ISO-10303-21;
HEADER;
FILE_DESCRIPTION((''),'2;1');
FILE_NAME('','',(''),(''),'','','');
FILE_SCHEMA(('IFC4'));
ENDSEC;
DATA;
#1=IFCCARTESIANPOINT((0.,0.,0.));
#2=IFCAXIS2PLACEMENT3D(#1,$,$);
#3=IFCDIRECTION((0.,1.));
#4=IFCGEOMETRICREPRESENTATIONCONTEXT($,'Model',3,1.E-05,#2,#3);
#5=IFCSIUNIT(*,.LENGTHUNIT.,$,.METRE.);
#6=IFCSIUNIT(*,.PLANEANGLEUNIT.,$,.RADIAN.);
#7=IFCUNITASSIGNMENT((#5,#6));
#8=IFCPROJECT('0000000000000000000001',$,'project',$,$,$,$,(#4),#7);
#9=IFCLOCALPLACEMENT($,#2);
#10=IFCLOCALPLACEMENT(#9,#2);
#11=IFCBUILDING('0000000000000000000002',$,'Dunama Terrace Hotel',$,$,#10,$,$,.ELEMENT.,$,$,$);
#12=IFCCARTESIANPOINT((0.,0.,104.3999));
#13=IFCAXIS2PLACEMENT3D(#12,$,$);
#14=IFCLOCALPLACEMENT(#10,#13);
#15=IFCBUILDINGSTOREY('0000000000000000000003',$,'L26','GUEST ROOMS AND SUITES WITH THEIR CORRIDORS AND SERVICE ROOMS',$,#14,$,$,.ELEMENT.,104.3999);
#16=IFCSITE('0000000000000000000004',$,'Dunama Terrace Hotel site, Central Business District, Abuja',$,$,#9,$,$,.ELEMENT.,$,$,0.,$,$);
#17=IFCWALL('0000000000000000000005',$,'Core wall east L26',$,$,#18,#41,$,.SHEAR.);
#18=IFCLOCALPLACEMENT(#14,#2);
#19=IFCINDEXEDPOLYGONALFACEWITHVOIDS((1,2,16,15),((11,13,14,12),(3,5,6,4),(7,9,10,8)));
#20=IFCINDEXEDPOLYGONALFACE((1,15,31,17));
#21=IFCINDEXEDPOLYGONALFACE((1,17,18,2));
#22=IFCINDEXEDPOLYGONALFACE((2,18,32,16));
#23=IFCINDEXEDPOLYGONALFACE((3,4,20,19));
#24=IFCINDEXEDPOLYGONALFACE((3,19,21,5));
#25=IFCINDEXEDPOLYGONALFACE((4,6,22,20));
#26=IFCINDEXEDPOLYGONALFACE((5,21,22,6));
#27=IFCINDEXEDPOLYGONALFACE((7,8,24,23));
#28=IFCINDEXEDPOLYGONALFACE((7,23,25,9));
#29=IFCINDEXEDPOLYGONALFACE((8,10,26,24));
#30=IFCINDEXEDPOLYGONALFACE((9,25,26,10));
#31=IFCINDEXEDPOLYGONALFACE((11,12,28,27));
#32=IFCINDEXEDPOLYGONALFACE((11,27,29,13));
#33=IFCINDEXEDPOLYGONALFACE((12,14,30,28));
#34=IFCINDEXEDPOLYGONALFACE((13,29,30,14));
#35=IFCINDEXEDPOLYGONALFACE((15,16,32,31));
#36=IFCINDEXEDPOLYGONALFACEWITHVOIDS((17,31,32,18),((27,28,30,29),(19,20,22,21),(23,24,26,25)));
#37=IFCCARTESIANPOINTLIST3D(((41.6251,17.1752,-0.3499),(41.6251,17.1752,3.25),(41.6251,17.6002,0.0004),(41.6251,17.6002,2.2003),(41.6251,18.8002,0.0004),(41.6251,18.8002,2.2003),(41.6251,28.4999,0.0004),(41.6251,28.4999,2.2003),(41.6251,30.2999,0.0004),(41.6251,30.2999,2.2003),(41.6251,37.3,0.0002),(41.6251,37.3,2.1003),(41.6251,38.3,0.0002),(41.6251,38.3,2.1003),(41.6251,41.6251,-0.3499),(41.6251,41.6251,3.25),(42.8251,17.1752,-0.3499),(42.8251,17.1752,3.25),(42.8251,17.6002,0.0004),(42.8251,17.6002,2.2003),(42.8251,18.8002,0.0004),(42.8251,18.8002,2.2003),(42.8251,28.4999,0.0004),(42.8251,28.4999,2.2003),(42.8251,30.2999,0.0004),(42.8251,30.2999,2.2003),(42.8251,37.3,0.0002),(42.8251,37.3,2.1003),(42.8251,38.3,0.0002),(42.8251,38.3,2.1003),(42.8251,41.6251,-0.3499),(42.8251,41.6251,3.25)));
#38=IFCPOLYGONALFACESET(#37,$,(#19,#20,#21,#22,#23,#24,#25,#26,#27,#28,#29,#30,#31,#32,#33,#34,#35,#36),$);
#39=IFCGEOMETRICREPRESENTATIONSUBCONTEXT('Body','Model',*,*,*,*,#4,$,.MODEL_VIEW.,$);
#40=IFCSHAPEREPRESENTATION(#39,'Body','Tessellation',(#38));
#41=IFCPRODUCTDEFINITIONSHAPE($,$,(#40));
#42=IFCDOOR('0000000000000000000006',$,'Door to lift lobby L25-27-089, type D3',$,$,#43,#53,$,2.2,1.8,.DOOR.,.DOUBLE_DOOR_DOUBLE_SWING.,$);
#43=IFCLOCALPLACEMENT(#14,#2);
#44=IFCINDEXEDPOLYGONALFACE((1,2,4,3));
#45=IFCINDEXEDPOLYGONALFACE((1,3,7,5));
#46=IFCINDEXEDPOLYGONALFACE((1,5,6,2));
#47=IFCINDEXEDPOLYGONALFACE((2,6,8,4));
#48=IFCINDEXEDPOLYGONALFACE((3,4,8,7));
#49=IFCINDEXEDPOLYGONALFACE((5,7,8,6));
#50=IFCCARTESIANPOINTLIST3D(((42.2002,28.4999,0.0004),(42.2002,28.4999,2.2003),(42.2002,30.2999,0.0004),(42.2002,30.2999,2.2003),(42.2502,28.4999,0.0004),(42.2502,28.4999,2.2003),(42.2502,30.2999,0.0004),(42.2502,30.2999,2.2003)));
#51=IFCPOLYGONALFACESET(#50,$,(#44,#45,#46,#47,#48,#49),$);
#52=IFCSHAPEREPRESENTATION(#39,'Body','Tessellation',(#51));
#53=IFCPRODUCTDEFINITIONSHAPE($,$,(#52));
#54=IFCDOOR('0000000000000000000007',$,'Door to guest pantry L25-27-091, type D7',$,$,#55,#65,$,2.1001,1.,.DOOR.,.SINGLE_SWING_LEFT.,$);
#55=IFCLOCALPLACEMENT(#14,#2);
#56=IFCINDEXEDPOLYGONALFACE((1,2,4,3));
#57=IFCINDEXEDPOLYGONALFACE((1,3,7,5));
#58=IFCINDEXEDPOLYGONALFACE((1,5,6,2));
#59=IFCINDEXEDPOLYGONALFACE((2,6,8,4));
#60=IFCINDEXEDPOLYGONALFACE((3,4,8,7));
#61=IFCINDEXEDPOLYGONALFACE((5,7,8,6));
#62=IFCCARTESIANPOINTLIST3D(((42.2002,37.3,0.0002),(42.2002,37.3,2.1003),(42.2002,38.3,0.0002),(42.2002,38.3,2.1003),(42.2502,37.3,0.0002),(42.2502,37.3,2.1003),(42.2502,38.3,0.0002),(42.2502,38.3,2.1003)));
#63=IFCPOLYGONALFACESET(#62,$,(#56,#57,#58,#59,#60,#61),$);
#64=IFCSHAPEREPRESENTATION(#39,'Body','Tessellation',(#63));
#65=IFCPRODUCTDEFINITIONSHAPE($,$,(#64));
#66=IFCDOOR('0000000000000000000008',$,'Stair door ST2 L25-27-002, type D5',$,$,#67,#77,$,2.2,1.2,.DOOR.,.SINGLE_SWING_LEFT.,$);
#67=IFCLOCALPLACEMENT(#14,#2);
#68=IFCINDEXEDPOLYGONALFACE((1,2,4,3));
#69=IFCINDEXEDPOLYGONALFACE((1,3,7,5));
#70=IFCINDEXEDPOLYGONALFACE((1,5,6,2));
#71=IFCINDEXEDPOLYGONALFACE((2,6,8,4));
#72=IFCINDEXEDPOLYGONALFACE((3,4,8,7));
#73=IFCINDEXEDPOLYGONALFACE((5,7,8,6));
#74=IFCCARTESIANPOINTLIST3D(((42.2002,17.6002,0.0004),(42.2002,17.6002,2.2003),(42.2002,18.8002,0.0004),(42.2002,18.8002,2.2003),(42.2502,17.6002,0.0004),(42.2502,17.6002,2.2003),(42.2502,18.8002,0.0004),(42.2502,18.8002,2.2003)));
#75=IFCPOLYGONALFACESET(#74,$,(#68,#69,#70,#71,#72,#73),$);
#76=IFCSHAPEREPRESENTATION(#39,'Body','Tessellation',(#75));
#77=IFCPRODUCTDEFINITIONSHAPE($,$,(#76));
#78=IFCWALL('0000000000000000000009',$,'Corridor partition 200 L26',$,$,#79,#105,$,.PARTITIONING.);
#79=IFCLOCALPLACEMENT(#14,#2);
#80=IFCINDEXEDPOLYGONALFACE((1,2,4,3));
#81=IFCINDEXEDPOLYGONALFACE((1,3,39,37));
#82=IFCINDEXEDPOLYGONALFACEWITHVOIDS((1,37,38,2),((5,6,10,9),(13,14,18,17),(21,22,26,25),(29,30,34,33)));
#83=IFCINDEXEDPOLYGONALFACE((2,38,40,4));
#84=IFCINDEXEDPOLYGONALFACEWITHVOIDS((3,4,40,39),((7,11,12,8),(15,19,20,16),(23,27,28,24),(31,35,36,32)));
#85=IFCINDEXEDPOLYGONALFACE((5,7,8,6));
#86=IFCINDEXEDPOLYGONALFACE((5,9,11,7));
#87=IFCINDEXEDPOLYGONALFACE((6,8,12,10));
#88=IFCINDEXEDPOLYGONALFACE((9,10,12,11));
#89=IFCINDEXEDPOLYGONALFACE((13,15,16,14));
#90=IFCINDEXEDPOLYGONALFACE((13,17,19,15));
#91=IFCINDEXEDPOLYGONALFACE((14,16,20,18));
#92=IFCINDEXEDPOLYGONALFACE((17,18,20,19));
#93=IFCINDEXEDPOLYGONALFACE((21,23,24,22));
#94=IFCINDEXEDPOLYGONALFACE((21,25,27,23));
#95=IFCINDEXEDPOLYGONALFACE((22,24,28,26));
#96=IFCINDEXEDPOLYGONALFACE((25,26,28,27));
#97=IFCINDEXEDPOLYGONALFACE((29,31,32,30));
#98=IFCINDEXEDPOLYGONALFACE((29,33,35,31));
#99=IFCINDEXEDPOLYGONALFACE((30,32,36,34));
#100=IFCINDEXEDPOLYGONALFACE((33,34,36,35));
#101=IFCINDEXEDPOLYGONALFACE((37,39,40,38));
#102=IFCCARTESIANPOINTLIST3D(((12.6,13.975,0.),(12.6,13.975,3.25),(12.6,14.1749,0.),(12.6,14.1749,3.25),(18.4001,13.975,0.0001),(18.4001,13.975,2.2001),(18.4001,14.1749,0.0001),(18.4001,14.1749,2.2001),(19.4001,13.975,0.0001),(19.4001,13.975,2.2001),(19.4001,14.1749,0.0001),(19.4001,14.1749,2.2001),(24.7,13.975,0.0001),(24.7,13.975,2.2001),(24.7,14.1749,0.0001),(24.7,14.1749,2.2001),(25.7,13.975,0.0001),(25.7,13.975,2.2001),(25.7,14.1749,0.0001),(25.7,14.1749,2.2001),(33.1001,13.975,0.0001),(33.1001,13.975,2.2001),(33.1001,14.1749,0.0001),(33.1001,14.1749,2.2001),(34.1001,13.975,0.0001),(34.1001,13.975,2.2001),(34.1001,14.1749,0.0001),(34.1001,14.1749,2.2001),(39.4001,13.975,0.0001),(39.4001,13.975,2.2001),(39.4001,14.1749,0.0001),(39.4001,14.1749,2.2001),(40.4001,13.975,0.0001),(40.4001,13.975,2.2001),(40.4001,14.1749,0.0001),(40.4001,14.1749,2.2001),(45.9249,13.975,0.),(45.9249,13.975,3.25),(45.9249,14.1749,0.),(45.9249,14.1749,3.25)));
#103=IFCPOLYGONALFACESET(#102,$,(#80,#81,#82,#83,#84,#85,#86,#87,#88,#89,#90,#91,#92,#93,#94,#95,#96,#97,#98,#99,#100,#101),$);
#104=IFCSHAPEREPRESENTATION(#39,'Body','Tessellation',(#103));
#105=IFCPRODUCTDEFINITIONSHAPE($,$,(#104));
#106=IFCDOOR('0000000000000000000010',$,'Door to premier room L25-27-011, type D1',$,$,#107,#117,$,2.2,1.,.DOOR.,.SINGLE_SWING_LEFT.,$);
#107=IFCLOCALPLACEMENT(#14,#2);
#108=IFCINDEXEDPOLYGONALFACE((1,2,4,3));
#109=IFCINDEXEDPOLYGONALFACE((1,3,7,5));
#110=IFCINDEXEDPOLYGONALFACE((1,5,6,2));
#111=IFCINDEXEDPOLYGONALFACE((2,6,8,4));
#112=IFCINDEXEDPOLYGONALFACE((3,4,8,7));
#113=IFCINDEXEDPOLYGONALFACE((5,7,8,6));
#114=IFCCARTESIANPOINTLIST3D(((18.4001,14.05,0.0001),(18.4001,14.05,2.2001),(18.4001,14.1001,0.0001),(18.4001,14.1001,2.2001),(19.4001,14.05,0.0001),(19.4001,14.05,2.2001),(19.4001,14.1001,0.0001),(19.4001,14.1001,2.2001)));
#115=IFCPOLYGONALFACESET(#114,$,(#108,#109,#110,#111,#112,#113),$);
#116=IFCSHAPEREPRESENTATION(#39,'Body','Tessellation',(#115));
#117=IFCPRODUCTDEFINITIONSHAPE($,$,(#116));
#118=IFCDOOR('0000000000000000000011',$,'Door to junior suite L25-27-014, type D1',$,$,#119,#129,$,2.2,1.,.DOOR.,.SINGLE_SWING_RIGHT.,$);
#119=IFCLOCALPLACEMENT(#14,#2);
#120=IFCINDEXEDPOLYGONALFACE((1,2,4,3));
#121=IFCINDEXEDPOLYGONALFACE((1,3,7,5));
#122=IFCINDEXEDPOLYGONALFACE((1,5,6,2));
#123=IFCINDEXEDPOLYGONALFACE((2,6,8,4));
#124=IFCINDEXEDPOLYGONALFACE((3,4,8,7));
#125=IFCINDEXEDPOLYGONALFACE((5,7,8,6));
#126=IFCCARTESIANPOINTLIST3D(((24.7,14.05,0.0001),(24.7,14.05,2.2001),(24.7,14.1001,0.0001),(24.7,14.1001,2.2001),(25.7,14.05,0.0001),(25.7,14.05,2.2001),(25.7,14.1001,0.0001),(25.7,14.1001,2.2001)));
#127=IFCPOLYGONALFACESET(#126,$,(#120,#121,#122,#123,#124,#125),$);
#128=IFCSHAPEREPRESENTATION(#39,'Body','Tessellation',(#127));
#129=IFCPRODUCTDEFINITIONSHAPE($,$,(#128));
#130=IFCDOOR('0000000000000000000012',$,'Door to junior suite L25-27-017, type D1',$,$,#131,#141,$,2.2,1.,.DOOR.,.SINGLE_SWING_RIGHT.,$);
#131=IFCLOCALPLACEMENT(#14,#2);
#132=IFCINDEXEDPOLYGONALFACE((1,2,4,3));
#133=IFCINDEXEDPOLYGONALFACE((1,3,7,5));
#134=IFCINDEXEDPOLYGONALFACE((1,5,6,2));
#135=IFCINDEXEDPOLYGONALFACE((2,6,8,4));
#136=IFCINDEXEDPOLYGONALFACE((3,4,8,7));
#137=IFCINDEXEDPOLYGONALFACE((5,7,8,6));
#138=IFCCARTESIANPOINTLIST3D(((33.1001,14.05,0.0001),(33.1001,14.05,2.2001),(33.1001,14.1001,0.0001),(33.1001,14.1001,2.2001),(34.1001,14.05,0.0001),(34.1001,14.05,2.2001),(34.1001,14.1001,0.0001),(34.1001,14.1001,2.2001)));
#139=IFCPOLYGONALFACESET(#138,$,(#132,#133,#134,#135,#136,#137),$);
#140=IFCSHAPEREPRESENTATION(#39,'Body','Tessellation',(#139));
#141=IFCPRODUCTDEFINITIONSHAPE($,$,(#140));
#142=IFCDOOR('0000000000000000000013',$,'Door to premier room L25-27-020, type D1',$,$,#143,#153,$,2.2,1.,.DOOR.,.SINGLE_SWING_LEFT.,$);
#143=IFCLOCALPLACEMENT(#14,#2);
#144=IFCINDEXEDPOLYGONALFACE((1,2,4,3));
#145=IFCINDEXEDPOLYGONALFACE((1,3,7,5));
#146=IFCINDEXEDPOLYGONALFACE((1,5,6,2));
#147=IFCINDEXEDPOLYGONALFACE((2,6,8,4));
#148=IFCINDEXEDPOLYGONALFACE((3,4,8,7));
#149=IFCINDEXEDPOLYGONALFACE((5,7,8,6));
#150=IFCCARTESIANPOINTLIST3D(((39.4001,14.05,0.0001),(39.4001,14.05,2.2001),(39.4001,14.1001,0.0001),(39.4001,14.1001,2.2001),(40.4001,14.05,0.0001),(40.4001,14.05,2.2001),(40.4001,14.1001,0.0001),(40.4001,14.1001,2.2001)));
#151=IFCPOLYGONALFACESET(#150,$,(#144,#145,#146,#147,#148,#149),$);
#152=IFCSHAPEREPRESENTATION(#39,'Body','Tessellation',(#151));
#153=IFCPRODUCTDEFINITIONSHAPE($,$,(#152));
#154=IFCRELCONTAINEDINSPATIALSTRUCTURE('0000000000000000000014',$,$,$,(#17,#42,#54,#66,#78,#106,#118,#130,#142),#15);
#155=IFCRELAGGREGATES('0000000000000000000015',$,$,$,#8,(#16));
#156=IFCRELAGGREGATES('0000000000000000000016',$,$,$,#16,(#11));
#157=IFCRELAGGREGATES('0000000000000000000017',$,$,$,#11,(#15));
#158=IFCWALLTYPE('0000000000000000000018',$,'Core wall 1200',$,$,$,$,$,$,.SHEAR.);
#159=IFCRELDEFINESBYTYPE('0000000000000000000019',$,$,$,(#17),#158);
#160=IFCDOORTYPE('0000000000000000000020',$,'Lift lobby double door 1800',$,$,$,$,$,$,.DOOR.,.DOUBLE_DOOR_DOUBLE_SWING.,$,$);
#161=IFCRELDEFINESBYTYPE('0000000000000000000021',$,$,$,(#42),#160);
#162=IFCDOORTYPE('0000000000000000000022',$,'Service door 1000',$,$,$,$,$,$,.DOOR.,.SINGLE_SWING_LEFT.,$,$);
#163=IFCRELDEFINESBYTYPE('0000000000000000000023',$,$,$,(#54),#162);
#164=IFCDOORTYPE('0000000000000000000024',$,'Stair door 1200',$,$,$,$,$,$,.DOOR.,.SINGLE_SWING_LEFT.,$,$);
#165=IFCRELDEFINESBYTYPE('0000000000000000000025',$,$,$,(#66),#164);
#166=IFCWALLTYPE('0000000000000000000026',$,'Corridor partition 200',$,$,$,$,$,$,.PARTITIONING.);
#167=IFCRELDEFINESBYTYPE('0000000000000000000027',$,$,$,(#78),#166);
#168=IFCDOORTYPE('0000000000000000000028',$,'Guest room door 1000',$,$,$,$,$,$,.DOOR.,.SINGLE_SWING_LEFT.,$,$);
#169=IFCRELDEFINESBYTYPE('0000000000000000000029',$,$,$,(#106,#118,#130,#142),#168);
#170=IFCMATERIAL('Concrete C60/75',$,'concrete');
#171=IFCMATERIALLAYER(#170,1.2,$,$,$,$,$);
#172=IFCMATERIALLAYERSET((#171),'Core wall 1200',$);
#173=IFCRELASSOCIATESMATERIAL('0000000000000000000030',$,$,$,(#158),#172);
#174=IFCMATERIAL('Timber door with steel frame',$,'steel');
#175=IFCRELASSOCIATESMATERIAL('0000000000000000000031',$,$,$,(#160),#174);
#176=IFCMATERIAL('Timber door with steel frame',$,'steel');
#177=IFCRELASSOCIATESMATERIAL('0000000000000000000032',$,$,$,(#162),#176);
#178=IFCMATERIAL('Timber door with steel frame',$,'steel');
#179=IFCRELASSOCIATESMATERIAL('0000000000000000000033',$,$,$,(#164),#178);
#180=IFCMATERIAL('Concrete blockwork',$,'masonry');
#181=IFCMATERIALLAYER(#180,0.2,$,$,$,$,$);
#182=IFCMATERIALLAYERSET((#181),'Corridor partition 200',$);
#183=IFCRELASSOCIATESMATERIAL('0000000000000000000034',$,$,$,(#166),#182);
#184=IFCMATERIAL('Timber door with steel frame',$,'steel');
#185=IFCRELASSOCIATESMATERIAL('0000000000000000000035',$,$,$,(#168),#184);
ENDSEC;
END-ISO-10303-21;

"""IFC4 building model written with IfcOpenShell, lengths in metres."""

from ifc_helpers import new_model, si_unit, direction, frame, frame_2d, origin, place, context, subcontext, project, spatial, rectangle, extrude, material, layer, layer_set, type_object, element, fill, save


model = new_model("IFC4")

# Units and contexts
model_context = context("Model", 3, precision=1e-05, world=origin(), true_north=direction((0.0, 1.0)))
body_context = subcontext(model_context, "Body", "Model", "MODEL_VIEW")
ifc_project = project(units=[si_unit("LENGTHUNIT", "METRE"), si_unit("PLANEANGLEUNIT", "RADIAN")], contexts=[model_context])

# Site, building, storey
site_placement = place(None, origin())
site = spatial("IfcSite", under=ifc_project, at=site_placement, Name="Dunama Terrace Hotel site, Central Business District, Abuja", CompositionType="ELEMENT", RefElevation=0.0)
building_placement = place(site_placement, origin())
building = spatial("IfcBuilding", under=site, at=building_placement, Name="Dunama Terrace Hotel", CompositionType="ELEMENT")
storey_placement = place(building_placement, frame((0.0, 0.0, 104.3999)))
storey = spatial("IfcBuildingStorey", under=building, at=storey_placement, Name="L26", Description="GUEST ROOMS AND SUITES WITH THEIR CORRIDORS AND SERVICE ROOMS", CompositionType="ELEMENT", Elevation=104.3999)

# Walls, openings, doors
ifc_material_1 = material(Name="Concrete C60/75", Category="concrete")
ifc_layer_1 = layer(ifc_material_1, 1.2)
ifc_layer_set_1 = layer_set([ifc_layer_1], Name="Core wall 1200")
wall_type_1 = type_object("IfcWallType", Name="Core wall 1200", PredefinedType="SHEAR", material=ifc_layer_set_1)
wall_1_placement = place(storey_placement, frame((42.2251, 17.175, -0.3499), z_axis=(0.0, 0.0, 1.0), x_axis=(0.0, 1.0, 0.0)))
wall_1 = element("IfcWall", 1, at=wall_1_placement, inside=storey, type_object=wall_type_1, Name="Core wall east L26", PredefinedType="SHEAR", context=body_context, shape_type="SweptSolid", body=[
    extrude(rectangle(XDim=24.45, YDim=1.2, at=frame_2d((12.2251, 0.0))), origin(), (0.0, 0.0, 1.0), 3.5999),
])
opening_1_placement = place(wall_1_placement, frame((0.425, 0.0, 0.3501)))
opening_1 = element("IfcOpeningElement", 2, at=opening_1_placement, cuts=wall_1, PredefinedType="OPENING", context=body_context, shape_type="SweptSolid", body=[
    extrude(rectangle(XDim=1.2, YDim=2.2, at=frame_2d((0.6001, 1.1001))), frame((0.0, 0.6099, 0.0), z_axis=(0.0, -1.0, 0.0), x_axis=(1.0, 0.0, 0.0)), (0.0, 0.0, 1.0), 1.22),
])
opening_2_placement = place(wall_1_placement, frame((11.325, 0.0, 0.3501)))
opening_2 = element("IfcOpeningElement", 3, at=opening_2_placement, cuts=wall_1, PredefinedType="OPENING", context=body_context, shape_type="SweptSolid", body=[
    extrude(rectangle(XDim=1.8, YDim=2.2, at=frame_2d((0.8999, 1.1001))), frame((0.0, 0.6099, 0.0), z_axis=(0.0, -1.0, 0.0), x_axis=(1.0, 0.0, 0.0)), (0.0, 0.0, 1.0), 1.22),
])
opening_3_placement = place(wall_1_placement, frame((20.125, 0.0, 0.3501)))
opening_3 = element("IfcOpeningElement", 4, at=opening_3_placement, cuts=wall_1, PredefinedType="OPENING", context=body_context, shape_type="SweptSolid", body=[
    extrude(rectangle(XDim=1.0, YDim=2.1001, at=frame_2d((0.5, 1.05))), frame((0.0, 0.6099, 0.0), z_axis=(0.0, -1.0, 0.0), x_axis=(1.0, 0.0, 0.0)), (0.0, 0.0, 1.0), 1.22),
])
ifc_material_2 = material(Name="Timber door with steel frame", Category="steel")
door_type_1 = type_object("IfcDoorType", Name="Lift lobby double door 1800", OperationType="DOUBLE_DOOR_DOUBLE_SWING", PredefinedType="DOOR", material=ifc_material_2)
door_1_placement = place(opening_2_placement, origin())
door_1 = element("IfcDoor", 5, at=door_1_placement, inside=storey, type_object=door_type_1, Name="Door to lift lobby L25-27-089, type D3", OperationType="DOUBLE_DOOR_DOUBLE_SWING", OverallHeight=2.2, OverallWidth=1.8, PredefinedType="DOOR", context=body_context, shape_type="SweptSolid", body=[
    extrude(rectangle(XDim=1.8, YDim=2.2, at=frame_2d((0.8999, 1.1001))), frame((0.0, 0.0249, 0.0), z_axis=(0.0, -1.0, 0.0), x_axis=(1.0, 0.0, 0.0)), (0.0, 0.0, 1.0), 0.05),
])
fill(opening_2, door_1)
ifc_material_3 = material(Name="Timber door with steel frame", Category="steel")
door_type_2 = type_object("IfcDoorType", Name="Service door 1000", OperationType="SINGLE_SWING_LEFT", PredefinedType="DOOR", material=ifc_material_3)
door_2_placement = place(opening_3_placement, origin())
door_2 = element("IfcDoor", 6, at=door_2_placement, inside=storey, type_object=door_type_2, Name="Door to guest pantry L25-27-091, type D7", OperationType="SINGLE_SWING_LEFT", OverallHeight=2.1001, OverallWidth=1.0, PredefinedType="DOOR", context=body_context, shape_type="SweptSolid", body=[
    extrude(rectangle(XDim=1.0, YDim=2.1001, at=frame_2d((0.5, 1.05))), frame((0.0, 0.0249, 0.0), z_axis=(0.0, -1.0, 0.0), x_axis=(1.0, 0.0, 0.0)), (0.0, 0.0, 1.0), 0.05),
])
fill(opening_3, door_2)
ifc_material_4 = material(Name="Timber door with steel frame", Category="steel")
door_type_3 = type_object("IfcDoorType", Name="Stair door 1200", OperationType="SINGLE_SWING_LEFT", PredefinedType="DOOR", material=ifc_material_4)
door_3_placement = place(opening_1_placement, origin())
door_3 = element("IfcDoor", 7, at=door_3_placement, inside=storey, type_object=door_type_3, Name="Stair door ST2 L25-27-002, type D5", OperationType="SINGLE_SWING_LEFT", OverallHeight=2.2, OverallWidth=1.2, PredefinedType="DOOR", context=body_context, shape_type="SweptSolid", body=[
    extrude(rectangle(XDim=1.2, YDim=2.2, at=frame_2d((0.6001, 1.1001))), frame((0.0, 0.0249, 0.0), z_axis=(0.0, -1.0, 0.0), x_axis=(1.0, 0.0, 0.0)), (0.0, 0.0, 1.0), 0.05),
])
fill(opening_1, door_3)
ifc_material_5 = material(Name="Concrete blockwork", Category="masonry")
ifc_layer_2 = layer(ifc_material_5, 0.2)
ifc_layer_set_2 = layer_set([ifc_layer_2], Name="Corridor partition 200")
wall_type_2 = type_object("IfcWallType", Name="Corridor partition 200", PredefinedType="PARTITIONING", material=ifc_layer_set_2)
wall_2_placement = place(storey_placement, frame((45.925, 14.075, 0.0), z_axis=(0.0, 0.0, 1.0), x_axis=(-1.0, 0.0, 0.0)))
wall_2 = element("IfcWall", 8, at=wall_2_placement, inside=storey, type_object=wall_type_2, Name="Corridor partition 200 L26", PredefinedType="PARTITIONING", context=body_context, shape_type="SweptSolid", body=[
    extrude(rectangle(XDim=33.325, YDim=0.2, at=frame_2d((16.6626, 0.0))), origin(), (0.0, 0.0, 1.0), 3.25),
])
opening_4_placement = place(wall_2_placement, frame((26.5249, 0.0, 0.0)))
opening_4 = element("IfcOpeningElement", 9, at=opening_4_placement, cuts=wall_2, PredefinedType="OPENING", context=body_context, shape_type="SweptSolid", body=[
    extrude(rectangle(XDim=1.0, YDim=2.2, at=frame_2d((0.5, 1.1001))), frame((0.0, 0.1099, 0.0), z_axis=(0.0, -1.0, 0.0), x_axis=(1.0, 0.0, 0.0)), (0.0, 0.0, 1.0), 0.22),
])
opening_5_placement = place(wall_2_placement, frame((20.2251, 0.0, 0.0)))
opening_5 = element("IfcOpeningElement", 10, at=opening_5_placement, cuts=wall_2, PredefinedType="OPENING", context=body_context, shape_type="SweptSolid", body=[
    extrude(rectangle(XDim=1.0, YDim=2.2, at=frame_2d((0.5, 1.1001))), frame((0.0, 0.1099, 0.0), z_axis=(0.0, -1.0, 0.0), x_axis=(1.0, 0.0, 0.0)), (0.0, 0.0, 1.0), 0.22),
])
opening_6_placement = place(wall_2_placement, frame((11.825, 0.0, 0.0)))
opening_6 = element("IfcOpeningElement", 11, at=opening_6_placement, cuts=wall_2, PredefinedType="OPENING", context=body_context, shape_type="SweptSolid", body=[
    extrude(rectangle(XDim=1.0, YDim=2.2, at=frame_2d((0.5, 1.1001))), frame((0.0, 0.1099, 0.0), z_axis=(0.0, -1.0, 0.0), x_axis=(1.0, 0.0, 0.0)), (0.0, 0.0, 1.0), 0.22),
])
opening_7_placement = place(wall_2_placement, frame((5.5249, 0.0, 0.0)))
opening_7 = element("IfcOpeningElement", 12, at=opening_7_placement, cuts=wall_2, PredefinedType="OPENING", context=body_context, shape_type="SweptSolid", body=[
    extrude(rectangle(XDim=1.0, YDim=2.2, at=frame_2d((0.5, 1.1001))), frame((0.0, 0.1099, 0.0), z_axis=(0.0, -1.0, 0.0), x_axis=(1.0, 0.0, 0.0)), (0.0, 0.0, 1.0), 0.22),
])
ifc_material_6 = material(Name="Timber door with steel frame", Category="steel")
door_type_4 = type_object("IfcDoorType", Name="Guest room door 1000", OperationType="SINGLE_SWING_LEFT", PredefinedType="DOOR", material=ifc_material_6)
door_4_placement = place(opening_4_placement, origin())
door_4 = element("IfcDoor", 13, at=door_4_placement, inside=storey, type_object=door_type_4, Name="Door to premier room L25-27-011, type D1", OperationType="SINGLE_SWING_LEFT", OverallHeight=2.2, OverallWidth=1.0, PredefinedType="DOOR", context=body_context, shape_type="SweptSolid", body=[
    extrude(rectangle(XDim=1.0, YDim=2.2, at=frame_2d((0.5, 1.1001))), frame((0.0, 0.0249, 0.0), z_axis=(0.0, -1.0, 0.0), x_axis=(1.0, 0.0, 0.0)), (0.0, 0.0, 1.0), 0.05),
])
fill(opening_4, door_4)
door_5_placement = place(opening_5_placement, origin())
door_5 = element("IfcDoor", 14, at=door_5_placement, inside=storey, type_object=door_type_4, Name="Door to junior suite L25-27-014, type D1", OperationType="SINGLE_SWING_RIGHT", OverallHeight=2.2, OverallWidth=1.0, PredefinedType="DOOR", context=body_context, shape_type="SweptSolid", body=[
    extrude(rectangle(XDim=1.0, YDim=2.2, at=frame_2d((0.5, 1.1001))), frame((0.0, 0.0249, 0.0), z_axis=(0.0, -1.0, 0.0), x_axis=(1.0, 0.0, 0.0)), (0.0, 0.0, 1.0), 0.05),
])
fill(opening_5, door_5)
door_6_placement = place(opening_6_placement, origin())
door_6 = element("IfcDoor", 15, at=door_6_placement, inside=storey, type_object=door_type_4, Name="Door to junior suite L25-27-017, type D1", OperationType="SINGLE_SWING_RIGHT", OverallHeight=2.2, OverallWidth=1.0, PredefinedType="DOOR", context=body_context, shape_type="SweptSolid", body=[
    extrude(rectangle(XDim=1.0, YDim=2.2, at=frame_2d((0.5, 1.1001))), frame((0.0, 0.0249, 0.0), z_axis=(0.0, -1.0, 0.0), x_axis=(1.0, 0.0, 0.0)), (0.0, 0.0, 1.0), 0.05),
])
fill(opening_6, door_6)
door_7_placement = place(opening_7_placement, origin())
door_7 = element("IfcDoor", 16, at=door_7_placement, inside=storey, type_object=door_type_4, Name="Door to premier room L25-27-020, type D1", OperationType="SINGLE_SWING_LEFT", OverallHeight=2.2, OverallWidth=1.0, PredefinedType="DOOR", context=body_context, shape_type="SweptSolid", body=[
    extrude(rectangle(XDim=1.0, YDim=2.2, at=frame_2d((0.5, 1.1001))), frame((0.0, 0.0249, 0.0), z_axis=(0.0, -1.0, 0.0), x_axis=(1.0, 0.0, 0.0)), (0.0, 0.0, 1.0), 0.05),
])
fill(opening_7, door_7)

save(model, "model.ifc")
